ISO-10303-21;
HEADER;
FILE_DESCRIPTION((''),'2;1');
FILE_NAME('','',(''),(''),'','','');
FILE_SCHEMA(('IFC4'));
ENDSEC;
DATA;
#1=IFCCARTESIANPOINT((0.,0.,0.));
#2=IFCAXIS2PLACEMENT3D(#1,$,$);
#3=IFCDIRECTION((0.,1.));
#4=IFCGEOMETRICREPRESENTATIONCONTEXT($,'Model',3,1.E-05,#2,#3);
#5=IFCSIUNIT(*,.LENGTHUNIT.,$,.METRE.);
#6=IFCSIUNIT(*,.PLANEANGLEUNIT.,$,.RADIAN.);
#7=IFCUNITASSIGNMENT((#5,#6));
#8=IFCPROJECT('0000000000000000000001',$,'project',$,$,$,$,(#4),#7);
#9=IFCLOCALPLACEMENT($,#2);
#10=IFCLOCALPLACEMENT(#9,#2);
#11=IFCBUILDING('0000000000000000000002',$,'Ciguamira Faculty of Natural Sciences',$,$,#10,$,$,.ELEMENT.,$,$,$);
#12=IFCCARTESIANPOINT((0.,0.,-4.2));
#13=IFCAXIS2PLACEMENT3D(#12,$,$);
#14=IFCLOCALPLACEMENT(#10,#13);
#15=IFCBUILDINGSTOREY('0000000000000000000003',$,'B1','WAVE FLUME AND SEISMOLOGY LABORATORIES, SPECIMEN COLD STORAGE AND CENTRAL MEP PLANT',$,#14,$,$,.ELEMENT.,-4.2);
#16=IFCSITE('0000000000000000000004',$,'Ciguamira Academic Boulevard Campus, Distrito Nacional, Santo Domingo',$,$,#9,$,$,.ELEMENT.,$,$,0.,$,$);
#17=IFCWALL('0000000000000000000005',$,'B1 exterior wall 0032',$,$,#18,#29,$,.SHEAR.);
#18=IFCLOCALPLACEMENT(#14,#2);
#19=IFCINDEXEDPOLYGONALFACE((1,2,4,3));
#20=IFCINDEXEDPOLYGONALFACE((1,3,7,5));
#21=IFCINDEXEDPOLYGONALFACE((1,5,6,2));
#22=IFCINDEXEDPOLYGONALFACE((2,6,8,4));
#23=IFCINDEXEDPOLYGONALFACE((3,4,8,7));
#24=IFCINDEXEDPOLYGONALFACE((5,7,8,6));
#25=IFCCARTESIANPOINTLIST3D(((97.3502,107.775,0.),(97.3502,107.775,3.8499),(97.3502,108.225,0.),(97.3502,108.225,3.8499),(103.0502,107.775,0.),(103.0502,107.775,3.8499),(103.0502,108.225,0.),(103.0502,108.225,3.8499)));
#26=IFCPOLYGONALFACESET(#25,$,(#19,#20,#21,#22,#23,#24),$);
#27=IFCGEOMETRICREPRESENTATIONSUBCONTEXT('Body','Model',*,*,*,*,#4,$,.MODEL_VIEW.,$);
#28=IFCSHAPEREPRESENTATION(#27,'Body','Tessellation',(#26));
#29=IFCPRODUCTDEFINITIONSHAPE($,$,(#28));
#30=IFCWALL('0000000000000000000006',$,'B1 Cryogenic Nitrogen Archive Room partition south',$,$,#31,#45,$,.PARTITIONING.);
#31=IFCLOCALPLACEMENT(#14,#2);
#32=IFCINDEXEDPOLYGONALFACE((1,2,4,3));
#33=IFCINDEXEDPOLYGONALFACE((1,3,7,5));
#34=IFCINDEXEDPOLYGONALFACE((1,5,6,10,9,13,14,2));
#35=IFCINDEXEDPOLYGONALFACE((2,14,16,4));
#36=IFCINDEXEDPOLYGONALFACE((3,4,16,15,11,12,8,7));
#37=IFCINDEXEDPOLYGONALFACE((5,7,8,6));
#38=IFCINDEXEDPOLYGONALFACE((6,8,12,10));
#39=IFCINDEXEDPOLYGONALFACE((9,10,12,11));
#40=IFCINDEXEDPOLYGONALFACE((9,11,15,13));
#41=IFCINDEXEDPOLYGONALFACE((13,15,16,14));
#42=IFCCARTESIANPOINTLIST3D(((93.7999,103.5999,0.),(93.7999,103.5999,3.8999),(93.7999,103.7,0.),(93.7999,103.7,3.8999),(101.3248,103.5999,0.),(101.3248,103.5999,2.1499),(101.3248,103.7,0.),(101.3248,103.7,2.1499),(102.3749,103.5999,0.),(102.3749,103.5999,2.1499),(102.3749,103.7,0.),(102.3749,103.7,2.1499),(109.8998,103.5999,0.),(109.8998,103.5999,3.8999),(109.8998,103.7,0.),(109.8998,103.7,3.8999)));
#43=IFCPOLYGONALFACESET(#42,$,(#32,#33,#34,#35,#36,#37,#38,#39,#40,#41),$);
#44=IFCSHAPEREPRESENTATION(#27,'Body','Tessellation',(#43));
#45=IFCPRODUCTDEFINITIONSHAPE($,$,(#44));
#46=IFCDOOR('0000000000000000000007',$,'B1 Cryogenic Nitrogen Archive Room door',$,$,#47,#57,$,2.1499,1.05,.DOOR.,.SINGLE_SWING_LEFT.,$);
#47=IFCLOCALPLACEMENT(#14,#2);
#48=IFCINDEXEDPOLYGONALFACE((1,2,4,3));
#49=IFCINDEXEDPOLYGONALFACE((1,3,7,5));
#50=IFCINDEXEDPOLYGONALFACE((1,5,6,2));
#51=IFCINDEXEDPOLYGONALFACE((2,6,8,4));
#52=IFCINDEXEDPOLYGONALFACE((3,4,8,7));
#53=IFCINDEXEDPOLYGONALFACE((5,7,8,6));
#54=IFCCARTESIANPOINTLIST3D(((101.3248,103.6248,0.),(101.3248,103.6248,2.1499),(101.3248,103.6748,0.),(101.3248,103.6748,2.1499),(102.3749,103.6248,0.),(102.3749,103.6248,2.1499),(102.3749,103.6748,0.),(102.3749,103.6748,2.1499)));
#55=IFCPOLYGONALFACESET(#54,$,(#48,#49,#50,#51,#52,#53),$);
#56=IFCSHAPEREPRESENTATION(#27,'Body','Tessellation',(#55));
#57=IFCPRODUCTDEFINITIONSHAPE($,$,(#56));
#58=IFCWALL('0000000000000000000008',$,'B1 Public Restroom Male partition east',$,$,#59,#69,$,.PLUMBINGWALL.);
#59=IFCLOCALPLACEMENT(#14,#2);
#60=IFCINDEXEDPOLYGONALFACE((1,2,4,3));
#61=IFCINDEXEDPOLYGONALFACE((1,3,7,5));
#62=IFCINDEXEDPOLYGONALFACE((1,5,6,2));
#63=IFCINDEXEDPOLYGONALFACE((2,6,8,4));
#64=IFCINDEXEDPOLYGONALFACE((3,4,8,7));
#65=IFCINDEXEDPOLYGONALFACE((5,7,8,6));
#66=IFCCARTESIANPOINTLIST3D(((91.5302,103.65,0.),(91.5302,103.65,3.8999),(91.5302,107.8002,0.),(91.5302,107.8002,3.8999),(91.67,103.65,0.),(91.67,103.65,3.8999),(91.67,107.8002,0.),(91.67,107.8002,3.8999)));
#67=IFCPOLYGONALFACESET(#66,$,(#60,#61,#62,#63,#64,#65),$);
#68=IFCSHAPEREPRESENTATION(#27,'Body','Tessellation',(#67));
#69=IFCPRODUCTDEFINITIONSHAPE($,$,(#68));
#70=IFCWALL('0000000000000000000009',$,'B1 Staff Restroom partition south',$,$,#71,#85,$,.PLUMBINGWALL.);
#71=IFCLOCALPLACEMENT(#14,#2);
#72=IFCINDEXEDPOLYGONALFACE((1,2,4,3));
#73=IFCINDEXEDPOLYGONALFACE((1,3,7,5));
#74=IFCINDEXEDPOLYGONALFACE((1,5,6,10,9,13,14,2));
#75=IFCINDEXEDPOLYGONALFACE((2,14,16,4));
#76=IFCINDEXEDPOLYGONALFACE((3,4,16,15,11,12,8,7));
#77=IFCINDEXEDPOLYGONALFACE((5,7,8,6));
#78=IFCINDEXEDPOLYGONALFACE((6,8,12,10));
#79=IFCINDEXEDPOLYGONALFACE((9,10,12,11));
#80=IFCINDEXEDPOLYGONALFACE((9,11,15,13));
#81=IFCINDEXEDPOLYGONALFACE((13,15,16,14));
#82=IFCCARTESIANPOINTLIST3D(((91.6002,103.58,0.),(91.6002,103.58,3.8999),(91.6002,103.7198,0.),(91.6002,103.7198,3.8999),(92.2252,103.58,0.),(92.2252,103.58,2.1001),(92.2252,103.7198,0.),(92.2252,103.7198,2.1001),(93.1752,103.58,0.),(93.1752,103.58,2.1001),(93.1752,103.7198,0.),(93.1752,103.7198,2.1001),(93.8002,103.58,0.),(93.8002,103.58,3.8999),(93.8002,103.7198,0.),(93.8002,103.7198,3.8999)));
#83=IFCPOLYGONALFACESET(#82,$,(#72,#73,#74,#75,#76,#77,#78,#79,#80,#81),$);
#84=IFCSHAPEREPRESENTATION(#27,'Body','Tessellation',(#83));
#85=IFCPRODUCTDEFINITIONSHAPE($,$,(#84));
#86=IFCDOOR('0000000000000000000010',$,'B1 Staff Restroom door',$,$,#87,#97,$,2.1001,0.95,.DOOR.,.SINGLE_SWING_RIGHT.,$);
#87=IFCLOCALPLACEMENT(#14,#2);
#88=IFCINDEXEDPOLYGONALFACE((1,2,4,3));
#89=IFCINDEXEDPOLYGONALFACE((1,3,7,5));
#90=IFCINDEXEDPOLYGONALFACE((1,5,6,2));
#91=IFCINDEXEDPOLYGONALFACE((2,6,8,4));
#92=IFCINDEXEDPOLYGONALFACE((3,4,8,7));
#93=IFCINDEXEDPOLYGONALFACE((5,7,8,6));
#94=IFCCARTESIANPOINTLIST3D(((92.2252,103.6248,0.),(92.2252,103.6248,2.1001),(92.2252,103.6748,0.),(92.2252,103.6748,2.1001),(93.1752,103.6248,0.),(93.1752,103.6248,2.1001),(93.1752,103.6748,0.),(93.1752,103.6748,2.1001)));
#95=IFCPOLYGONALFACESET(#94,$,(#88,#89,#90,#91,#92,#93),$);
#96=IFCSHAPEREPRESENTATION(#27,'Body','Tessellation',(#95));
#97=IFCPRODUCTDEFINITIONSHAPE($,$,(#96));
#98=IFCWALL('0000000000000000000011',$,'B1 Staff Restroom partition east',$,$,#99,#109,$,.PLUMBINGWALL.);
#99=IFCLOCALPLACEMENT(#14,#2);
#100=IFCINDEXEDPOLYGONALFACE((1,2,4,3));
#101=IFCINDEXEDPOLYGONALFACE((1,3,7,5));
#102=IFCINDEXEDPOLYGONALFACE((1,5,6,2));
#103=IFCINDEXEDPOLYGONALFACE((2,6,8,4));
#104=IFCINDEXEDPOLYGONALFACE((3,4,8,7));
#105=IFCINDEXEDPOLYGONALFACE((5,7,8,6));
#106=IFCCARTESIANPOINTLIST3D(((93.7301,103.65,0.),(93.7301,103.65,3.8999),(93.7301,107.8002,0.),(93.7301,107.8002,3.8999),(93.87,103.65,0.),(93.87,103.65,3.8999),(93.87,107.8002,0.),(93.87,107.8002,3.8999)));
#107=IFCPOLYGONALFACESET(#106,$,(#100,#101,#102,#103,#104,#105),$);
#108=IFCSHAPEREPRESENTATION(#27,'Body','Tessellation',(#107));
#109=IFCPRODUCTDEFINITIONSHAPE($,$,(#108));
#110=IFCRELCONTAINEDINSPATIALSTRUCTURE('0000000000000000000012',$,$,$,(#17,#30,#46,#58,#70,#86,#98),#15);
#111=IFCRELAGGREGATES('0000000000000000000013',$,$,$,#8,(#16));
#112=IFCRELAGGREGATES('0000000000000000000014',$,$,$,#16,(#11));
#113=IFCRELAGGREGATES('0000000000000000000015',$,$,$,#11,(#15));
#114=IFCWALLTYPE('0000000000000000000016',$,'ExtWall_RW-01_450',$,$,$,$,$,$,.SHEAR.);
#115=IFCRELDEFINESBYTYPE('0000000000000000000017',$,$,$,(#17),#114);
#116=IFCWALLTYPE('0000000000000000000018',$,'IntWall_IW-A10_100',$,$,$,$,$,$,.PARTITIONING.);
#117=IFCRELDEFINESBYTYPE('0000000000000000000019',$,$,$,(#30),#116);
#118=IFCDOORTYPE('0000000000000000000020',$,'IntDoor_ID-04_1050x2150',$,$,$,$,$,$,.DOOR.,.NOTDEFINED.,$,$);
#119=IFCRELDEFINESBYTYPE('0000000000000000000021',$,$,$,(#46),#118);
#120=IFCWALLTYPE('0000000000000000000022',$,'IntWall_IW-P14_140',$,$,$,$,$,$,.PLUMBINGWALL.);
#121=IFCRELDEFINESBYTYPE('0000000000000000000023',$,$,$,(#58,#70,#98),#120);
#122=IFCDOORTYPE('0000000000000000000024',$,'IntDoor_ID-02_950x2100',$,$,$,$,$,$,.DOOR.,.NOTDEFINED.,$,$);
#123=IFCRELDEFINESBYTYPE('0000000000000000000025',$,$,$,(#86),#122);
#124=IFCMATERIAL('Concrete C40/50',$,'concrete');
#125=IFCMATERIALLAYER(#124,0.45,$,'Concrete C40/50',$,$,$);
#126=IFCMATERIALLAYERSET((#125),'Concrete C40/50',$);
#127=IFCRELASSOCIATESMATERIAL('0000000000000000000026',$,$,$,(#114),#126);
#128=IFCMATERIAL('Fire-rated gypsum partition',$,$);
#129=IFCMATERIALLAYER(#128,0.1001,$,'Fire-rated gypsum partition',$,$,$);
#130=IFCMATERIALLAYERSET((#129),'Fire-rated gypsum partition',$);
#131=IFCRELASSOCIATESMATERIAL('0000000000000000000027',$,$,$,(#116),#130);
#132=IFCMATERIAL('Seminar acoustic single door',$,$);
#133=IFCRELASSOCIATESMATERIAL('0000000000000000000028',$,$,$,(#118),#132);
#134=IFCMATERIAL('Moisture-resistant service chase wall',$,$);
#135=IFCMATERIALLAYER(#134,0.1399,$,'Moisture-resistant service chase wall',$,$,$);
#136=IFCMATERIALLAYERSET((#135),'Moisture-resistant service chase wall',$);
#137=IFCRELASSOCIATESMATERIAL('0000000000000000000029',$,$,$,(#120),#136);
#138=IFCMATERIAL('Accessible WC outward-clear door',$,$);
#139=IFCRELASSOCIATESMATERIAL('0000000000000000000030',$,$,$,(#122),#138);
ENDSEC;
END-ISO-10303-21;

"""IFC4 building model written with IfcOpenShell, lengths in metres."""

from ifc_helpers import new_model, si_unit, direction, frame, frame_2d, origin, place, context, subcontext, project, spatial, rectangle, extrude, material, layer, layer_set, type_object, element, fill, save


model = new_model("IFC4")

# Units and contexts
model_context = context("Model", 3, precision=1e-05, world=origin(), true_north=direction((0.0, 1.0)))
body_context = subcontext(model_context, "Body", "Model", "MODEL_VIEW")
ifc_project = project(units=[si_unit("LENGTHUNIT", "METRE"), si_unit("PLANEANGLEUNIT", "RADIAN")], contexts=[model_context])

# Site, building, storey
site_placement = place(None, origin())
site = spatial("IfcSite", under=ifc_project, at=site_placement, Name="Ciguamira Academic Boulevard Campus, Distrito Nacional, Santo Domingo", CompositionType="ELEMENT", RefElevation=0.0)
building_placement = place(site_placement, origin())
building = spatial("IfcBuilding", under=site, at=building_placement, Name="Ciguamira Faculty of Natural Sciences", CompositionType="ELEMENT")
storey_placement = place(building_placement, frame((0.0, 0.0, -4.2)))
storey = spatial("IfcBuildingStorey", under=building, at=storey_placement, Name="B1", Description="WAVE FLUME AND SEISMOLOGY LABORATORIES, SPECIMEN COLD STORAGE AND CENTRAL MEP PLANT", CompositionType="ELEMENT", Elevation=-4.2)

# Wall
ifc_material_1 = material(Name="Concrete C40/50", Category="concrete")
ifc_layer_1 = layer(ifc_material_1, 0.45, Name="Concrete C40/50")
ifc_layer_set_1 = layer_set([ifc_layer_1], Name="Concrete C40/50")
wall_type_1 = type_object("IfcWallType", Name="ExtWall_RW-01_450", PredefinedType="SHEAR", material=ifc_layer_set_1)
wall_1_placement = place(storey_placement, frame((97.3501, 108.0, 0.0), z_axis=(0.0, 0.0, 1.0), x_axis=(1.0, 0.0, 0.0)))
element("IfcWall", 1, at=wall_1_placement, inside=storey, type_object=wall_type_1, Name="B1 exterior wall 0032", PredefinedType="SHEAR", context=body_context, shape_type="SweptSolid", body=[
    extrude(rectangle(XDim=5.7, YDim=0.45, at=frame_2d((2.8501, 0.0))), origin(), (0.0, 0.0, 1.0), 3.8499),
])

# Wall, opening, door
ifc_material_2 = material(Name="Fire-rated gypsum partition")
ifc_layer_2 = layer(ifc_material_2, 0.1001, Name="Fire-rated gypsum partition")
ifc_layer_set_2 = layer_set([ifc_layer_2], Name="Fire-rated gypsum partition")
wall_type_2 = type_object("IfcWallType", Name="IntWall_IW-A10_100", PredefinedType="PARTITIONING", material=ifc_layer_set_2)
wall_2_placement = place(storey_placement, frame((93.8, 103.6499, 0.0), z_axis=(0.0, 0.0, 1.0), x_axis=(1.0, 0.0, 0.0)))
wall_2 = element("IfcWall", 2, at=wall_2_placement, inside=storey, type_object=wall_type_2, Name="B1 Cryogenic Nitrogen Archive Room partition south", PredefinedType="PARTITIONING", context=body_context, shape_type="SweptSolid", body=[
    extrude(rectangle(XDim=16.0999, YDim=0.1001, at=frame_2d((8.0498, 0.0))), origin(), (0.0, 0.0, 1.0), 3.8999),
])
opening_1_placement = place(wall_2_placement, frame((7.5249, 0.0, 0.0)))
opening_1 = element("IfcOpeningElement", 3, at=opening_1_placement, cuts=wall_2, PredefinedType="OPENING", context=body_context, shape_type="SweptSolid", body=[
    extrude(rectangle(XDim=1.05, YDim=2.1499, at=frame_2d((0.5249, 1.075))), frame((0.0, 0.0601, 0.0), z_axis=(0.0, -1.0, 0.0), x_axis=(1.0, 0.0, 0.0)), (0.0, 0.0, 1.0), 0.1201),
])
ifc_material_3 = material(Name="Seminar acoustic single door")
door_type_1 = type_object("IfcDoorType", Name="IntDoor_ID-04_1050x2150", OperationType="NOTDEFINED", PredefinedType="DOOR", material=ifc_material_3)
door_1_placement = place(opening_1_placement, origin())
door_1 = element("IfcDoor", 4, at=door_1_placement, inside=storey, type_object=door_type_1, Name="B1 Cryogenic Nitrogen Archive Room door", OperationType="SINGLE_SWING_LEFT", OverallHeight=2.1499, OverallWidth=1.05, PredefinedType="DOOR", context=body_context, shape_type="SweptSolid", body=[
    extrude(rectangle(XDim=1.05, YDim=2.1499, at=frame_2d((0.5249, 1.075))), frame((0.0, 0.0249, 0.0), z_axis=(0.0, -1.0, 0.0), x_axis=(1.0, 0.0, 0.0)), (0.0, 0.0, 1.0), 0.05),
])
fill(opening_1, door_1)

# Wall
ifc_material_4 = material(Name="Moisture-resistant service chase wall")
ifc_layer_3 = layer(ifc_material_4, 0.1399, Name="Moisture-resistant service chase wall")
ifc_layer_set_3 = layer_set([ifc_layer_3], Name="Moisture-resistant service chase wall")
wall_type_3 = type_object("IfcWallType", Name="IntWall_IW-P14_140", PredefinedType="PLUMBINGWALL", material=ifc_layer_set_3)
wall_3_placement = place(storey_placement, frame((91.6001, 103.6499, 0.0), z_axis=(0.0, 0.0, 1.0), x_axis=(0.0, 1.0, 0.0)))
element("IfcWall", 5, at=wall_3_placement, inside=storey, type_object=wall_type_3, Name="B1 Public Restroom Male partition east", PredefinedType="PLUMBINGWALL", context=body_context, shape_type="SweptSolid", body=[
    extrude(rectangle(XDim=4.1501, YDim=0.1399, at=frame_2d((2.0752, 0.0))), origin(), (0.0, 0.0, 1.0), 3.8999),
])

# Wall, opening, door
wall_4_placement = place(storey_placement, frame((91.6001, 103.6499, 0.0), z_axis=(0.0, 0.0, 1.0), x_axis=(1.0, 0.0, 0.0)))
wall_4 = element("IfcWall", 6, at=wall_4_placement, inside=storey, type_object=wall_type_3, Name="B1 Staff Restroom partition south", PredefinedType="PLUMBINGWALL", context=body_context, shape_type="SweptSolid", body=[
    extrude(rectangle(XDim=2.2, YDim=0.1399, at=frame_2d((1.1001, 0.0))), origin(), (0.0, 0.0, 1.0), 3.8999),
])
opening_2_placement = place(wall_4_placement, frame((0.625, 0.0, 0.0)))
opening_2 = element("IfcOpeningElement", 7, at=opening_2_placement, cuts=wall_4, PredefinedType="OPENING", context=body_context, shape_type="SweptSolid", body=[
    extrude(rectangle(XDim=0.95, YDim=2.1001, at=frame_2d((0.4751, 1.05))), frame((0.0, 0.0798, 0.0), z_axis=(0.0, -1.0, 0.0), x_axis=(1.0, 0.0, 0.0)), (0.0, 0.0, 1.0), 0.1599),
])
ifc_material_5 = material(Name="Accessible WC outward-clear door")
door_type_2 = type_object("IfcDoorType", Name="IntDoor_ID-02_950x2100", OperationType="NOTDEFINED", PredefinedType="DOOR", material=ifc_material_5)
door_2_placement = place(opening_2_placement, origin())
door_2 = element("IfcDoor", 8, at=door_2_placement, inside=storey, type_object=door_type_2, Name="B1 Staff Restroom door", OperationType="SINGLE_SWING_RIGHT", OverallHeight=2.1001, OverallWidth=0.95, PredefinedType="DOOR", context=body_context, shape_type="SweptSolid", body=[
    extrude(rectangle(XDim=0.95, YDim=2.1001, at=frame_2d((0.4751, 1.05))), frame((0.0, 0.0249, 0.0), z_axis=(0.0, -1.0, 0.0), x_axis=(1.0, 0.0, 0.0)), (0.0, 0.0, 1.0), 0.05),
])
fill(opening_2, door_2)

# Wall
wall_5_placement = place(storey_placement, frame((93.8, 103.6499, 0.0), z_axis=(0.0, 0.0, 1.0), x_axis=(0.0, 1.0, 0.0)))
element("IfcWall", 9, at=wall_5_placement, inside=storey, type_object=wall_type_3, Name="B1 Staff Restroom partition east", PredefinedType="PLUMBINGWALL", context=body_context, shape_type="SweptSolid", body=[
    extrude(rectangle(XDim=4.1501, YDim=0.1399, at=frame_2d((2.0752, 0.0))), origin(), (0.0, 0.0, 1.0), 3.8999),
])

save(model, "model.ifc")
